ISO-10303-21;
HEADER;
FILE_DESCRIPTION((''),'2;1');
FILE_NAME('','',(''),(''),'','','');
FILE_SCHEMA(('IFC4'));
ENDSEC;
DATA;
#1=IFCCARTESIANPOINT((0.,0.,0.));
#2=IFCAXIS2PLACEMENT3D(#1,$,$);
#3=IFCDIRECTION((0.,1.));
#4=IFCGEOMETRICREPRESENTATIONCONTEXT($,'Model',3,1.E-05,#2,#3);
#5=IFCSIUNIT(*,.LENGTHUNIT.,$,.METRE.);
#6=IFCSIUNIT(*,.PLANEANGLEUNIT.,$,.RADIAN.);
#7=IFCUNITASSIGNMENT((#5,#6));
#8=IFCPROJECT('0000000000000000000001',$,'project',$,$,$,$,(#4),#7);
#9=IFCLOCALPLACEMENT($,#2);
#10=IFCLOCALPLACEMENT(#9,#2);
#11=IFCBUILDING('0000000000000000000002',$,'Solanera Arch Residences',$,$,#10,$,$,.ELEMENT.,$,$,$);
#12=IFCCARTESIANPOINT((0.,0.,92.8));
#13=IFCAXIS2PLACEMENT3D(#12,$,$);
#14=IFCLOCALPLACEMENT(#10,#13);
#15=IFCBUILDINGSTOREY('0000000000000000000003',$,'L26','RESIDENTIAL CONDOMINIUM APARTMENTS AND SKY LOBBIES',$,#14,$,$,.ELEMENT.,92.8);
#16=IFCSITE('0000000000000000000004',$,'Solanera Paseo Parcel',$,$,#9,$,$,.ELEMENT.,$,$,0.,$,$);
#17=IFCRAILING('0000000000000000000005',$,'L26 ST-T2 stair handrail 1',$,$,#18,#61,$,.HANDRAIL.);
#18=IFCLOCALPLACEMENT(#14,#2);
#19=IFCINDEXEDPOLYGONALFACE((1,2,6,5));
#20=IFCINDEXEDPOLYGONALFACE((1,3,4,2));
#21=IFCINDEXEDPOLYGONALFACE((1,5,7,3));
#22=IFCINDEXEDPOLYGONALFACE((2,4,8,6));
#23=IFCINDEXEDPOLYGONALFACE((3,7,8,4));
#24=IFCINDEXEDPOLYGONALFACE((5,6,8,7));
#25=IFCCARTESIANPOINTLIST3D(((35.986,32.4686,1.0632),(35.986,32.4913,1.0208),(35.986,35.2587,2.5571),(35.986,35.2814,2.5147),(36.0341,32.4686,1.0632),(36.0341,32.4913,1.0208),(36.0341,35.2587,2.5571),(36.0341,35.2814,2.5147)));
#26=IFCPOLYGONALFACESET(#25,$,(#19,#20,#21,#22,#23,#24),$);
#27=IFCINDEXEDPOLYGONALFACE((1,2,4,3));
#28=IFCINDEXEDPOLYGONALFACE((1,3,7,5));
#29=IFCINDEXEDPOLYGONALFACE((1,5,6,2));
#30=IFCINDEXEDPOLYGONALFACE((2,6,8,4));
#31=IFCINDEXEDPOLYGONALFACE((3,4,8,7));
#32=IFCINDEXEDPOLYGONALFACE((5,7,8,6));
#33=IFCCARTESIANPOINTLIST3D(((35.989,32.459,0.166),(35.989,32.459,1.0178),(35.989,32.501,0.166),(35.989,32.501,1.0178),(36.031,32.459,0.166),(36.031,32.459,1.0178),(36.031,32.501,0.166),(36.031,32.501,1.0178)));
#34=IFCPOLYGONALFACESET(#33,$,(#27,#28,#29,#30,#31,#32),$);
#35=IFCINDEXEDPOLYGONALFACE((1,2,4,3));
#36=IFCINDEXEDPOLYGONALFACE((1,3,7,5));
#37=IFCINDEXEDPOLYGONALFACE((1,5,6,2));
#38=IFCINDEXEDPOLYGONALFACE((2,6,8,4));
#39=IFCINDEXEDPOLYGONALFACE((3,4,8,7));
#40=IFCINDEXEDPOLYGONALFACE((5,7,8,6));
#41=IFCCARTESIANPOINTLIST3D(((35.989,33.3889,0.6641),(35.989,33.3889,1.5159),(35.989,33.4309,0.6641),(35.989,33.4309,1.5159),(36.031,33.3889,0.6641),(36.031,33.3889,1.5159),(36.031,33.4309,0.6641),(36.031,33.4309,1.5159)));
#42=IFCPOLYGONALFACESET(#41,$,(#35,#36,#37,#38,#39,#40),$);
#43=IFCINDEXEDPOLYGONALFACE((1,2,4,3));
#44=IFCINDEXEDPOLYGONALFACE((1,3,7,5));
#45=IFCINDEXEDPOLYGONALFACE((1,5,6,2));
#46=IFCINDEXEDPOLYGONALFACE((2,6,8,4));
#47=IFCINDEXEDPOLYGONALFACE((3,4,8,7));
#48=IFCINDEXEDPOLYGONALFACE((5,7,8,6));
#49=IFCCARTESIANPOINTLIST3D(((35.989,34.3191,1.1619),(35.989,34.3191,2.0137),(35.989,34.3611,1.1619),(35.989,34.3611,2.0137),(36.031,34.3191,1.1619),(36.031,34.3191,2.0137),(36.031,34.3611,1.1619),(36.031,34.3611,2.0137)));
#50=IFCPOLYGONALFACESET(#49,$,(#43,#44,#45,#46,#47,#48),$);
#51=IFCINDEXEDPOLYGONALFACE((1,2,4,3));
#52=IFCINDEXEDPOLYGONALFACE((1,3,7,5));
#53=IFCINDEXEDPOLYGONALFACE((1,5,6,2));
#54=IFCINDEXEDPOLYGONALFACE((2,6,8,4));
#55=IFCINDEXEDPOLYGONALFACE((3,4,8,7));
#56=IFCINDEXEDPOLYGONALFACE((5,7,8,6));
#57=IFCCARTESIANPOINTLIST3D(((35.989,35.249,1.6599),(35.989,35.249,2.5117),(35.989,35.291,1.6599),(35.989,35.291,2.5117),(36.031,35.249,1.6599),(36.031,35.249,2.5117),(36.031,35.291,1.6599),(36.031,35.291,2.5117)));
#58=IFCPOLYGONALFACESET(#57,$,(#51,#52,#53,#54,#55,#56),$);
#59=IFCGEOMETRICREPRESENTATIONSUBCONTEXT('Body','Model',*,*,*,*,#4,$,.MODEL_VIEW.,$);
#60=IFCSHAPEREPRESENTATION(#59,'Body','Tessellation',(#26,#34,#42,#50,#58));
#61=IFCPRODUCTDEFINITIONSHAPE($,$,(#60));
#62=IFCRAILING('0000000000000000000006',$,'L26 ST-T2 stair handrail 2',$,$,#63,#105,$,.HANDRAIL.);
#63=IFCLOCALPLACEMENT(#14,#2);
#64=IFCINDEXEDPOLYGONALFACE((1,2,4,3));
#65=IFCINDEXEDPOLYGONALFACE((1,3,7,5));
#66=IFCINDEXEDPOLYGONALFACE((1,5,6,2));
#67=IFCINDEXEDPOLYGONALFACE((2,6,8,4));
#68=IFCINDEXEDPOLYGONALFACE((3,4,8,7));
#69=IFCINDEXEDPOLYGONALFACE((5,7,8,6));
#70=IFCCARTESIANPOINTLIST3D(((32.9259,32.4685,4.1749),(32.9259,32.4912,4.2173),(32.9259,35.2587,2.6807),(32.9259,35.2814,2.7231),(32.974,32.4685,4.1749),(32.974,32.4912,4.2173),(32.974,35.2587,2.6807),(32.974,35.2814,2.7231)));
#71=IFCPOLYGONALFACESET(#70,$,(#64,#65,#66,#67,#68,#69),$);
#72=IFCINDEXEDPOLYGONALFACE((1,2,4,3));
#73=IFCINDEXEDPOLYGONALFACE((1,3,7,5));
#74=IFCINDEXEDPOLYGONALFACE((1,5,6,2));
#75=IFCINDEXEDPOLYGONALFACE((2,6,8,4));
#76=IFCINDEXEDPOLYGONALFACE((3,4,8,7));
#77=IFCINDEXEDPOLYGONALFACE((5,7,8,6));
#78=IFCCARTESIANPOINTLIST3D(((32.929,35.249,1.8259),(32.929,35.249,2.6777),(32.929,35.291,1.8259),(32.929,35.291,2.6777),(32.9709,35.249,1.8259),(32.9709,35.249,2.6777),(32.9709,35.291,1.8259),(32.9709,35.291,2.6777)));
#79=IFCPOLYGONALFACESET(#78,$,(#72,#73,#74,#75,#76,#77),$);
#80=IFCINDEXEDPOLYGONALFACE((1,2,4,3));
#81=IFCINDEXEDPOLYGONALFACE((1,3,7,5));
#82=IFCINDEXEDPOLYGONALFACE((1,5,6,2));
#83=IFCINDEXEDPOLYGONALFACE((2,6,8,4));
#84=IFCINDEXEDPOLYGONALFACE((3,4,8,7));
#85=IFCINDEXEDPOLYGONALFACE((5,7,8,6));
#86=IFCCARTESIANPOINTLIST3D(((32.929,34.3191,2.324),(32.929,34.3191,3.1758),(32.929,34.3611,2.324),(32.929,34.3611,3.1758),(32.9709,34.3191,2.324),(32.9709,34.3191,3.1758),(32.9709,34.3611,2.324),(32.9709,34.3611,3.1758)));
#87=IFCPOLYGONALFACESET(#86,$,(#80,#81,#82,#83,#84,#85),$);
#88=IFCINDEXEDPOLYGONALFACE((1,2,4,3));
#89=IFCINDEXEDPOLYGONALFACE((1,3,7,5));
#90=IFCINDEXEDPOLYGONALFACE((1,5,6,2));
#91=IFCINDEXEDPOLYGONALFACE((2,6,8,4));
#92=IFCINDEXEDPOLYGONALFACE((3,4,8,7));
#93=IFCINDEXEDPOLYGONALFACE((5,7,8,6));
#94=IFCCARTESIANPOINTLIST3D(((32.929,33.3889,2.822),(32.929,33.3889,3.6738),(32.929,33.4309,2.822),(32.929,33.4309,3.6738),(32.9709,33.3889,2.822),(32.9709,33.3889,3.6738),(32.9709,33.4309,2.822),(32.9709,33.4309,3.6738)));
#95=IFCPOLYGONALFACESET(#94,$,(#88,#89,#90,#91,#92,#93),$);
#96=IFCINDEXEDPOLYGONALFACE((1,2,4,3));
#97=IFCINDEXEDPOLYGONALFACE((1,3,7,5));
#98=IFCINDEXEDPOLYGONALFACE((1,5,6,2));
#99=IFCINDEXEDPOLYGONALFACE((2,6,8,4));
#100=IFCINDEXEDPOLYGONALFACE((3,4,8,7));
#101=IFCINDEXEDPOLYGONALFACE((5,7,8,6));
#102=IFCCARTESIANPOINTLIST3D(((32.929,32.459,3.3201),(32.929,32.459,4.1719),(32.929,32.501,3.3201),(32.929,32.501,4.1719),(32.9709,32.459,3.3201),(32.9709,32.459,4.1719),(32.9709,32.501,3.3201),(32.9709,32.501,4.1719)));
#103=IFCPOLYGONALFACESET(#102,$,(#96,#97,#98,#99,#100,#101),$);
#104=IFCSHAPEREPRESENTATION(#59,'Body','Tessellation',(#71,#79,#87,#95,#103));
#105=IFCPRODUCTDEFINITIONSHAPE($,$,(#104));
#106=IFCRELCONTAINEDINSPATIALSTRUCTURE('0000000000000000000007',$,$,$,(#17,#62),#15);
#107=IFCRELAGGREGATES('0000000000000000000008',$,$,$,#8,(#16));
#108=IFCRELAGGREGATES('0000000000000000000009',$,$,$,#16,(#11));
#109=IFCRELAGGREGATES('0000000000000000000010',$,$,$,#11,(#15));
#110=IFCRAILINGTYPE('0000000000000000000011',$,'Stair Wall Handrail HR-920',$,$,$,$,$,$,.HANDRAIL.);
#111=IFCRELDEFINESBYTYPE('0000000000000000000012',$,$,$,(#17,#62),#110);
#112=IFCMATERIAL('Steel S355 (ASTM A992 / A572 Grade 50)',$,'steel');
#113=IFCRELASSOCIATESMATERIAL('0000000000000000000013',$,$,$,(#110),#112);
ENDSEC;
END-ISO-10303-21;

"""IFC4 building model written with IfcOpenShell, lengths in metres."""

from ifc_helpers import new_model, si_unit, direction, frame, origin, origin_2d, place, context, subcontext, project, spatial, rectangle, extrude, material, type_object, element, save


model = new_model("IFC4")

# Units and contexts
model_context = context("Model", 3, precision=1e-05, world=origin(), true_north=direction((0.0, 1.0)))
body_context = subcontext(model_context, "Body", "Model", "MODEL_VIEW")
ifc_project = project(units=[si_unit("LENGTHUNIT", "METRE"), si_unit("PLANEANGLEUNIT", "RADIAN")], contexts=[model_context])

# Site, building, storey
site_placement = place(None, origin())
site = spatial("IfcSite", under=ifc_project, at=site_placement, Name="Solanera Paseo Parcel", CompositionType="ELEMENT", RefElevation=0.0)
building_placement = place(site_placement, origin())
building = spatial("IfcBuilding", under=site, at=building_placement, Name="Solanera Arch Residences", CompositionType="ELEMENT")
storey_placement = place(building_placement, frame((0.0, 0.0, 92.8)))
storey = spatial("IfcBuildingStorey", under=building, at=storey_placement, Name="L26", Description="RESIDENTIAL CONDOMINIUM APARTMENTS AND SKY LOBBIES", CompositionType="ELEMENT", Elevation=92.8)

# Railings
ifc_material_1 = material(Name="Steel S355 (ASTM A992 / A572 Grade 50)", Category="steel")
railing_type_1 = type_object("IfcRailingType", Name="Stair Wall Handrail HR-920", PredefinedType="HANDRAIL", material=ifc_material_1)
railing_1_placement = place(storey_placement, frame((36.01, 32.48, 0.166)))
element("IfcRailing", 1, at=railing_1_placement, inside=storey, type_object=railing_type_1, Name="L26 ST-T2 stair handrail 1", PredefinedType="HANDRAIL", context=body_context, shape_type="SweptSolid", body=[
    extrude(rectangle(XDim=0.0481, YDim=0.0481, at=origin_2d()), frame((0.0, 0.0, 0.876), z_axis=(0.0, 0.881581, 0.472033), x_axis=(-1.0, 0.0, 0.0)), (0.0, 0.0, 1.0), 3.1648),
    extrude(rectangle(XDim=0.042, YDim=0.042, at=origin_2d()), origin(), (0.0, 0.0, 1.0), 0.8518),
    extrude(rectangle(XDim=0.042, YDim=0.042, at=origin_2d()), frame((0.0, 0.9299, 0.498)), (0.0, 0.0, 1.0), 0.8518),
    extrude(rectangle(XDim=0.042, YDim=0.042, at=origin_2d()), frame((0.0, 1.8601, 0.9958)), (0.0, 0.0, 1.0), 0.8518),
    extrude(rectangle(XDim=0.042, YDim=0.042, at=origin_2d()), frame((0.0, 2.79, 1.4939)), (0.0, 0.0, 1.0), 0.8518),
])
railing_2_placement = place(storey_placement, frame((32.95, 35.27, 1.8259)))
element("IfcRailing", 2, at=railing_2_placement, inside=storey, type_object=railing_type_1, Name="L26 ST-T2 stair handrail 2", PredefinedType="HANDRAIL", context=body_context, shape_type="SweptSolid", body=[
    extrude(rectangle(XDim=0.0481, YDim=0.0481, at=origin_2d()), frame((0.0, 0.0, 0.876), z_axis=(0.0, -0.881549, 0.472093), x_axis=(1.0, 0.0, 0.0)), (0.0, 0.0, 1.0), 3.165),
    extrude(rectangle(XDim=0.042, YDim=0.042, at=origin_2d()), origin(), (0.0, 0.0, 1.0), 0.8518),
    extrude(rectangle(XDim=0.042, YDim=0.042, at=origin_2d()), frame((0.0, -0.9299, 0.498)), (0.0, 0.0, 1.0), 0.8518),
    extrude(rectangle(XDim=0.042, YDim=0.042, at=origin_2d()), frame((0.0, -1.8601, 0.9961)), (0.0, 0.0, 1.0), 0.8518),
    extrude(rectangle(XDim=0.042, YDim=0.042, at=origin_2d()), frame((0.0, -2.79, 1.4941)), (0.0, 0.0, 1.0), 0.8518),
])

save(model, "model.ifc")
